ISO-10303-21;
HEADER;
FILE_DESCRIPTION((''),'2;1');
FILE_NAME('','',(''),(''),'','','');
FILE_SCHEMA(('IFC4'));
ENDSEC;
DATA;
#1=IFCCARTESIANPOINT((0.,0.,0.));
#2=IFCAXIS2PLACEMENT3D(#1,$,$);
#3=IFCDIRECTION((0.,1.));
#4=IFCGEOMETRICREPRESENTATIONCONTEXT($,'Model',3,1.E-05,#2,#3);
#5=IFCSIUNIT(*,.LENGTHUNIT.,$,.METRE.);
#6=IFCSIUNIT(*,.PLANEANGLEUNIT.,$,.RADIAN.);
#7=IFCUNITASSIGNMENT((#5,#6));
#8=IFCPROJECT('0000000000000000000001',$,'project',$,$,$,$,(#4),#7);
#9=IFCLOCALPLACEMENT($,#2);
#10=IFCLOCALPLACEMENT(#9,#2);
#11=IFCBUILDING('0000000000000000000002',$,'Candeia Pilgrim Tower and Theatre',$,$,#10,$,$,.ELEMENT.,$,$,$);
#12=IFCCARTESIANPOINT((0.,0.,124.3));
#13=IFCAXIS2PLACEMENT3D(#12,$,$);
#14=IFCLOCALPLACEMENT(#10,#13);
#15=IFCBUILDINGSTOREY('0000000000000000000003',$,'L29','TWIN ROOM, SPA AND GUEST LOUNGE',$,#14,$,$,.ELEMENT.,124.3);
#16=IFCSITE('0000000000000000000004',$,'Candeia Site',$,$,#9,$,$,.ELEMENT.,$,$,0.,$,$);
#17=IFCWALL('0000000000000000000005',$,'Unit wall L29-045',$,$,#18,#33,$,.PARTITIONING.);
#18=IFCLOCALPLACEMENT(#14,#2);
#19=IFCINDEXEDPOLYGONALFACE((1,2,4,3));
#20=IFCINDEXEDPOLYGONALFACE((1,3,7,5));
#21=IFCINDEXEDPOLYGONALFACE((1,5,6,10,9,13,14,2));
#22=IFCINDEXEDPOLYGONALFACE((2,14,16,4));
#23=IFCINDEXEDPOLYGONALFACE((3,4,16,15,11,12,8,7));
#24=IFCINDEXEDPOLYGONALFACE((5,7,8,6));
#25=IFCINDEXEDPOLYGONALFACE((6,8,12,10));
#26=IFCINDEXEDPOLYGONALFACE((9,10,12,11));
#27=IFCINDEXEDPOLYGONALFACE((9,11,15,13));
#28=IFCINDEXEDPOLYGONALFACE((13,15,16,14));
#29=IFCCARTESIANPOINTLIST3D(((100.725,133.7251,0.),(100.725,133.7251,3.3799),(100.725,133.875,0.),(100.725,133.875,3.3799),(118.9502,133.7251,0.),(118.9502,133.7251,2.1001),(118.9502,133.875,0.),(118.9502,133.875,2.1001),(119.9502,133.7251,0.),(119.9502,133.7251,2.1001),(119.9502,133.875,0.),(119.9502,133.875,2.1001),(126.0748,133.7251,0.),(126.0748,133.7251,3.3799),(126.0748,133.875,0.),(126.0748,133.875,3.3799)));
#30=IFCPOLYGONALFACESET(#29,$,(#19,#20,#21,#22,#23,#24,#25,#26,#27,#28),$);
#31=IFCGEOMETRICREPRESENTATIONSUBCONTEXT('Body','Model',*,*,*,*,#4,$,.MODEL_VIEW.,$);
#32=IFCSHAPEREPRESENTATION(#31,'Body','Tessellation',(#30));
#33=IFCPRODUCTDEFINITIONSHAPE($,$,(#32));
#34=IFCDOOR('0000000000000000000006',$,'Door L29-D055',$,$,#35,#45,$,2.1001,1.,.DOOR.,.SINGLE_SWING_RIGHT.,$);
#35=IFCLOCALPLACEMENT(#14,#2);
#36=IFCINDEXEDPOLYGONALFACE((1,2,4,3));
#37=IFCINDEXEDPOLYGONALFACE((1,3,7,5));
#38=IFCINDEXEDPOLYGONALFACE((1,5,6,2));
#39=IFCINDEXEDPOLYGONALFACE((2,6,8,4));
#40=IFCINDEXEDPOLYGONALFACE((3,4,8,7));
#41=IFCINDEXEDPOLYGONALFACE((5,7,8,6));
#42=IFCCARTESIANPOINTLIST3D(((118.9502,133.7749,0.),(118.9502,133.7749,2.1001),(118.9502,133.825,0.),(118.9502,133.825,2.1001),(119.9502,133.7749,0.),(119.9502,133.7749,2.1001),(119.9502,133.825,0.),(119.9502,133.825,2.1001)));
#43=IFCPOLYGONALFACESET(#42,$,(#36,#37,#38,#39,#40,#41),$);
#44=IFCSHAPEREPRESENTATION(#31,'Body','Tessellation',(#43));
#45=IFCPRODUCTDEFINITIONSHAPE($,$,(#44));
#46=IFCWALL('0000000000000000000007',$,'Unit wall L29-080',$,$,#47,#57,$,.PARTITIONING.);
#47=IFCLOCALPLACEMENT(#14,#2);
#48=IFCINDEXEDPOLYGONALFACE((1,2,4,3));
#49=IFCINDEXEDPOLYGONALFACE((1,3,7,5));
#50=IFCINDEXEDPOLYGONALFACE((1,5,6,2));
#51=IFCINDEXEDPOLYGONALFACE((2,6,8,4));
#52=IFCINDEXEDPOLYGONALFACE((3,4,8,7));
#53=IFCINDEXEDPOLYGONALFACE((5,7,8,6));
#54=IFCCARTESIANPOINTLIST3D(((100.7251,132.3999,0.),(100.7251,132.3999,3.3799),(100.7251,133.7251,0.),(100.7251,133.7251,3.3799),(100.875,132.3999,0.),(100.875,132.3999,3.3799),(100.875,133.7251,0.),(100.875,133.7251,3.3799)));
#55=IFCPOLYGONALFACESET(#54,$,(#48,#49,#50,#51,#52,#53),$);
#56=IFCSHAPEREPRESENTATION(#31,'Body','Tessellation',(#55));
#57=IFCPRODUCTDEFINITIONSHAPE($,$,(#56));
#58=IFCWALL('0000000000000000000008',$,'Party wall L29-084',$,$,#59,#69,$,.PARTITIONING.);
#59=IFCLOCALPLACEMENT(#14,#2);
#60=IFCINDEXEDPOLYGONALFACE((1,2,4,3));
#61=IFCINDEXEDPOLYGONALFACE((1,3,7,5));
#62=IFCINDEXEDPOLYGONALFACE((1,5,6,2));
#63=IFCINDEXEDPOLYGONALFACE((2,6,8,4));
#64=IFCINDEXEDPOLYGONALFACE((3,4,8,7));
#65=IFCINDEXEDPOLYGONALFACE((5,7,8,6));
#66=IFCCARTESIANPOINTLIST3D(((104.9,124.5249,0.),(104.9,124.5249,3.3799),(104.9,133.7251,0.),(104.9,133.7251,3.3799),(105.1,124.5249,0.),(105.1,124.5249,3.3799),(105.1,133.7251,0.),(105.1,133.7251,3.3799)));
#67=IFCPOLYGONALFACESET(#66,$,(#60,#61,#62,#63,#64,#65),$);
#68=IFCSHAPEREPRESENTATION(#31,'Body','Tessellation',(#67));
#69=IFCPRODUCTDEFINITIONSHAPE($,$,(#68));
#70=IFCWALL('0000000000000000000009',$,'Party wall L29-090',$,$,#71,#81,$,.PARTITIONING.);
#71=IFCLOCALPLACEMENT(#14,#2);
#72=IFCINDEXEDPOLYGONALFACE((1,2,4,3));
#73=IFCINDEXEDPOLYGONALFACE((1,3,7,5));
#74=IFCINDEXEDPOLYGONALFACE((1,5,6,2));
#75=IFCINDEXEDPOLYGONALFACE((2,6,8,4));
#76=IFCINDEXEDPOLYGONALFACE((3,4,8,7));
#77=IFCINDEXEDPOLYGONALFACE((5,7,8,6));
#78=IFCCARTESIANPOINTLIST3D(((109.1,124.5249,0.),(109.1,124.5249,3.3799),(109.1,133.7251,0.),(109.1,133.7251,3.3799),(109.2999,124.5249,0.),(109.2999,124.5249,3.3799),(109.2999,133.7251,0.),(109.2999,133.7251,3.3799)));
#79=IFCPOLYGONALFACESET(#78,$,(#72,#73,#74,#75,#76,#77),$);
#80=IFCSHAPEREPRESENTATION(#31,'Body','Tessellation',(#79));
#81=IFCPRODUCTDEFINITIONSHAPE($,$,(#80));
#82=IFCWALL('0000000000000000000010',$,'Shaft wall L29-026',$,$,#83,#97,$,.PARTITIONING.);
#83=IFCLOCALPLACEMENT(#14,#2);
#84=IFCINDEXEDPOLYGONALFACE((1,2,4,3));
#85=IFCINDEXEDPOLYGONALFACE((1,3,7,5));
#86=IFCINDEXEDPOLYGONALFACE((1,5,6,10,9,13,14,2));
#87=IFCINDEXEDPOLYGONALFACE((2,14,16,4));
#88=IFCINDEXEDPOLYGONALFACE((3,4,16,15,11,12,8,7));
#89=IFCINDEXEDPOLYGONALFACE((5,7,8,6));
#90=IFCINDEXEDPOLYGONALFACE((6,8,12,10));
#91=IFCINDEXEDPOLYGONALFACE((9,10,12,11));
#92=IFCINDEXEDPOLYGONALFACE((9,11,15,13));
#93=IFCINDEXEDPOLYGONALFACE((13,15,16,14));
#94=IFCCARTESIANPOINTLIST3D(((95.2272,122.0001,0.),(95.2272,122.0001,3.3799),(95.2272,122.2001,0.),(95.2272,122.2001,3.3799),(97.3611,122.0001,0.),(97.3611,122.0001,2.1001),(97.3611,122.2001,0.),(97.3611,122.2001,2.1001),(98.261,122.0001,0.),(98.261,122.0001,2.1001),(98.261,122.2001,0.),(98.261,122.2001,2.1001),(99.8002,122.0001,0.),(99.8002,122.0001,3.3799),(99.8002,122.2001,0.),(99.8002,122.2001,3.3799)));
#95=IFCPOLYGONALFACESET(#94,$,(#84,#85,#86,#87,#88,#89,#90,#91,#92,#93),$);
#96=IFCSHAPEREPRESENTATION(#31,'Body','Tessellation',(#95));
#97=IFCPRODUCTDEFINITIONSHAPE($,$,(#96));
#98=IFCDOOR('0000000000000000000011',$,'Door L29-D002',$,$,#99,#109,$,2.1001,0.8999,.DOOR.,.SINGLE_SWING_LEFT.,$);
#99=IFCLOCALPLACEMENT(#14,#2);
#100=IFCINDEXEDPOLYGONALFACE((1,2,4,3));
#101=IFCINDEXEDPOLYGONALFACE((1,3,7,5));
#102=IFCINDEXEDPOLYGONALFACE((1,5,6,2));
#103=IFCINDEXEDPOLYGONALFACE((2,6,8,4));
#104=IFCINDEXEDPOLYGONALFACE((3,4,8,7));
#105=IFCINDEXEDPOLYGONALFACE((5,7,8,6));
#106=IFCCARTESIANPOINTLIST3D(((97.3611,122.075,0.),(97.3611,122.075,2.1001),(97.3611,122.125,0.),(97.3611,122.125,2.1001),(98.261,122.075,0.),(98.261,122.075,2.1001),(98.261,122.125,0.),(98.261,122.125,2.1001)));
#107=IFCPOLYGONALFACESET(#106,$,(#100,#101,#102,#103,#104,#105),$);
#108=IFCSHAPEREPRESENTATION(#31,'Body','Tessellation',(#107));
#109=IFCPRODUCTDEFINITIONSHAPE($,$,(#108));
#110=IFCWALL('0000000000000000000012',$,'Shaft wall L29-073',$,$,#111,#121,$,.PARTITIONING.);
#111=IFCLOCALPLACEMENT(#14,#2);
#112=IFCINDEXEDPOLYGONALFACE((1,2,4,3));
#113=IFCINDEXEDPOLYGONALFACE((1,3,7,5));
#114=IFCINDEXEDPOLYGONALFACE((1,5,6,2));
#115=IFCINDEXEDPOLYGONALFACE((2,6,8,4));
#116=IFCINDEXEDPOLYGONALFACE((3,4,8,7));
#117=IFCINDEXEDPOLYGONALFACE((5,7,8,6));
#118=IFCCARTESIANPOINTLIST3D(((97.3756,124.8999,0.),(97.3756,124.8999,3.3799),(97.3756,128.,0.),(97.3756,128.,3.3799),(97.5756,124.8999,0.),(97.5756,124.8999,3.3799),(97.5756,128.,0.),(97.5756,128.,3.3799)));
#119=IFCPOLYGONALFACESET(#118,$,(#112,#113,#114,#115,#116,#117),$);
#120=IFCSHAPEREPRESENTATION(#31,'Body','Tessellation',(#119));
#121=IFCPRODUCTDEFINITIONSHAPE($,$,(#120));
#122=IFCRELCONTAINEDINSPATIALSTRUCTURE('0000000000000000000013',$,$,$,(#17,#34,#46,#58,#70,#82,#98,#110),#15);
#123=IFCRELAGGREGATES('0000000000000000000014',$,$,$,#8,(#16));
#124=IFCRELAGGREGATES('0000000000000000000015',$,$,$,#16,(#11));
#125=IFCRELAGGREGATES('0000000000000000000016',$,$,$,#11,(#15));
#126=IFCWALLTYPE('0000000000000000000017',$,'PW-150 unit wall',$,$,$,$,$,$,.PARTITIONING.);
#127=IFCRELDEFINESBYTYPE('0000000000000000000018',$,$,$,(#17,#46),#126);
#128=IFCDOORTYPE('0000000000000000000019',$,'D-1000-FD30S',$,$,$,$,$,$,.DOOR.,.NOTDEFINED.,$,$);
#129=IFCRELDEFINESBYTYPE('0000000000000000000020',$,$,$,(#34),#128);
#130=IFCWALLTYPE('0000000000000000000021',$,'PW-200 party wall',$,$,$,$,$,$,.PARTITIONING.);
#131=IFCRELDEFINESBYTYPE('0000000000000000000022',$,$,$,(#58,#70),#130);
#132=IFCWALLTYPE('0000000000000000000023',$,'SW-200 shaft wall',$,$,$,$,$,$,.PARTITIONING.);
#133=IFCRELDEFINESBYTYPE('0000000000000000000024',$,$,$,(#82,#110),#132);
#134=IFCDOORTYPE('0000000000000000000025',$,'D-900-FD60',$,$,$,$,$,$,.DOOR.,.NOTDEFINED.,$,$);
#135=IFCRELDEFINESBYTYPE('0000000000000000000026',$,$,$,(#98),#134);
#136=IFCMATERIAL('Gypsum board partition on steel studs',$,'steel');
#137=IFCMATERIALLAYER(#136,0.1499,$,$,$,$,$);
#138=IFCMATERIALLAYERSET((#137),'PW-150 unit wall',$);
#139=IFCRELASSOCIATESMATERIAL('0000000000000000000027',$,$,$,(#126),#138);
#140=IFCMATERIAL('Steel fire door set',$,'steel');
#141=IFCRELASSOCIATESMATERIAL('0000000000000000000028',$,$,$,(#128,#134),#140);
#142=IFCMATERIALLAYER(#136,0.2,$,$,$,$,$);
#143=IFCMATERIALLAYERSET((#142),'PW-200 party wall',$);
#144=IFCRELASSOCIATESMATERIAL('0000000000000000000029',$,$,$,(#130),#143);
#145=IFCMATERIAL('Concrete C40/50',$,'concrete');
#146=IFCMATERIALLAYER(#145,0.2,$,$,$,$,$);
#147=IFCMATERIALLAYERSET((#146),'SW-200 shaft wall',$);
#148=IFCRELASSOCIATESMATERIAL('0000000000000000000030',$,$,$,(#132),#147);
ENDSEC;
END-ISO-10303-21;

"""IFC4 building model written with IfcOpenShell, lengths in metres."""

from ifc_helpers import new_model, si_unit, direction, frame, frame_2d, origin, place, context, subcontext, project, spatial, rectangle, extrude, material, layer, layer_set, type_object, element, fill, save


model = new_model("IFC4")

# Units and contexts
model_context = context("Model", 3, precision=1e-05, world=origin(), true_north=direction((0.0, 1.0)))
body_context = subcontext(model_context, "Body", "Model", "MODEL_VIEW")
ifc_project = project(units=[si_unit("LENGTHUNIT", "METRE"), si_unit("PLANEANGLEUNIT", "RADIAN")], contexts=[model_context])

# Site, building, storey
site_placement = place(None, origin())
site = spatial("IfcSite", under=ifc_project, at=site_placement, Name="Candeia Site", CompositionType="ELEMENT", RefElevation=0.0)
building_placement = place(site_placement, origin())
building = spatial("IfcBuilding", under=site, at=building_placement, Name="Candeia Pilgrim Tower and Theatre", CompositionType="ELEMENT")
storey_placement = place(building_placement, frame((0.0, 0.0, 124.3)))
storey = spatial("IfcBuildingStorey", under=building, at=storey_placement, Name="L29", Description="TWIN ROOM, SPA AND GUEST LOUNGE", CompositionType="ELEMENT", Elevation=124.3)

# Shared definitions
ifc_material_1 = material(Name="Steel fire door set", Category="steel")

# Shared definitions
ifc_material_2 = material(Name="Gypsum board partition on steel studs", Category="steel")
ifc_layer_1 = layer(ifc_material_2, 0.1499)
ifc_layer_set_1 = layer_set([ifc_layer_1], Name="PW-150 unit wall")
wall_type_1 = type_object("IfcWallType", Name="PW-150 unit wall", PredefinedType="PARTITIONING", material=ifc_layer_set_1)

# Shared definitions
door_type_1 = type_object("IfcDoorType", Name="D-1000-FD30S", OperationType="NOTDEFINED", PredefinedType="DOOR", material=ifc_material_1)

# Wall, opening, door
wall_1_placement = place(storey_placement, frame((100.7251, 133.8, 0.0), z_axis=(0.0, 0.0, 1.0), x_axis=(1.0, 0.0, 0.0)))
wall_1 = element("IfcWall", 1, at=wall_1_placement, inside=storey, type_object=wall_type_1, Name="Unit wall L29-045", PredefinedType="PARTITIONING", context=body_context, shape_type="SweptSolid", body=[
    extrude(rectangle(XDim=25.3499, YDim=0.1499, at=frame_2d((12.6748, 0.0))), origin(), (0.0, 0.0, 1.0), 3.3799),
])
opening_1_placement = place(wall_1_placement, frame((18.2251, 0.0, 0.0)))
opening_1 = element("IfcOpeningElement", 2, at=opening_1_placement, cuts=wall_1, PredefinedType="OPENING", context=body_context, shape_type="SweptSolid", body=[
    extrude(rectangle(XDim=1.0, YDim=2.1001, at=frame_2d((0.5, 1.05))), frame((0.0, 0.085, 0.0), z_axis=(0.0, -1.0, 0.0), x_axis=(1.0, 0.0, 0.0)), (0.0, 0.0, 1.0), 0.1699),
])
door_1_placement = place(opening_1_placement, origin())
door_1 = element("IfcDoor", 3, at=door_1_placement, inside=storey, type_object=door_type_1, Name="Door L29-D055", OperationType="SINGLE_SWING_RIGHT", OverallHeight=2.1001, OverallWidth=1.0, PredefinedType="DOOR", context=body_context, shape_type="SweptSolid", body=[
    extrude(rectangle(XDim=1.0, YDim=2.1001, at=frame_2d((0.5, 1.05))), frame((0.0, 0.0249, 0.0), z_axis=(0.0, -1.0, 0.0), x_axis=(1.0, 0.0, 0.0)), (0.0, 0.0, 1.0), 0.05),
])
fill(opening_1, door_1)

# Walls
wall_2_placement = place(storey_placement, frame((100.8, 132.3999, 0.0), z_axis=(0.0, 0.0, 1.0), x_axis=(0.0, 1.0, 0.0)))
element("IfcWall", 4, at=wall_2_placement, inside=storey, type_object=wall_type_1, Name="Unit wall L29-080", PredefinedType="PARTITIONING", context=body_context, shape_type="SweptSolid", body=[
    extrude(rectangle(XDim=1.3252, YDim=0.1499, at=frame_2d((0.6626, 0.0))), origin(), (0.0, 0.0, 1.0), 3.3799),
])
ifc_layer_2 = layer(ifc_material_2, 0.2)
ifc_layer_set_2 = layer_set([ifc_layer_2], Name="PW-200 party wall")
wall_type_2 = type_object("IfcWallType", Name="PW-200 party wall", PredefinedType="PARTITIONING", material=ifc_layer_set_2)
for number, where, z_axis, x_axis, name in (
    (5, (105.0, 124.5249, 0.0), (0.0, 0.0, 1.0), (0.0, 1.0, 0.0), "Party wall L29-084"),
    (6, (109.2, 124.5249, 0.0), (0.0, 0.0, 1.0), (0.0, 1.0, 0.0), "Party wall L29-090"),
):
    element("IfcWall", number, at=place(storey_placement, frame(where, z_axis=z_axis, x_axis=x_axis)), inside=storey, type_object=wall_type_2, Name=name, PredefinedType="PARTITIONING", context=body_context, shape_type="SweptSolid", body=[
        extrude(rectangle(XDim=9.2002, YDim=0.2, at=frame_2d((4.6001, 0.0))), origin(), (0.0, 0.0, 1.0), 3.3799),
    ])

# Wall, opening, door
ifc_material_3 = material(Name="Concrete C40/50", Category="concrete")
ifc_layer_3 = layer(ifc_material_3, 0.2)
ifc_layer_set_3 = layer_set([ifc_layer_3], Name="SW-200 shaft wall")
wall_type_3 = type_object("IfcWallType", Name="SW-200 shaft wall", PredefinedType="PARTITIONING", material=ifc_layer_set_3)
wall_3_placement = place(storey_placement, frame((95.2271, 122.1001, 0.0), z_axis=(0.0, 0.0, 1.0), x_axis=(1.0, 0.0, 0.0)))
wall_3 = element("IfcWall", 7, at=wall_3_placement, inside=storey, type_object=wall_type_3, Name="Shaft wall L29-026", PredefinedType="PARTITIONING", context=body_context, shape_type="SweptSolid", body=[
    extrude(rectangle(XDim=4.573, YDim=0.2, at=frame_2d((2.2866, 0.0))), origin(), (0.0, 0.0, 1.0), 3.3799),
])
opening_2_placement = place(wall_3_placement, frame((2.134, 0.0, 0.0)))
opening_2 = element("IfcOpeningElement", 8, at=opening_2_placement, cuts=wall_3, PredefinedType="OPENING", context=body_context, shape_type="SweptSolid", body=[
    extrude(rectangle(XDim=0.8999, YDim=2.1001, at=frame_2d((0.45, 1.05))), frame((0.0, 0.1099, 0.0), z_axis=(0.0, -1.0, 0.0), x_axis=(1.0, 0.0, 0.0)), (0.0, 0.0, 1.0), 0.22),
])
door_type_2 = type_object("IfcDoorType", Name="D-900-FD60", OperationType="NOTDEFINED", PredefinedType="DOOR", material=ifc_material_1)
door_2_placement = place(opening_2_placement, origin())
door_2 = element("IfcDoor", 9, at=door_2_placement, inside=storey, type_object=door_type_2, Name="Door L29-D002", OperationType="SINGLE_SWING_LEFT", OverallHeight=2.1001, OverallWidth=0.8999, PredefinedType="DOOR", context=body_context, shape_type="SweptSolid", body=[
    extrude(rectangle(XDim=0.8999, YDim=2.1001, at=frame_2d((0.45, 1.05))), frame((0.0, 0.0249, 0.0), z_axis=(0.0, -1.0, 0.0), x_axis=(1.0, 0.0, 0.0)), (0.0, 0.0, 1.0), 0.05),
])
fill(opening_2, door_2)

# Wall
wall_4_placement = place(storey_placement, frame((97.4756, 124.8999, 0.0), z_axis=(0.0, 0.0, 1.0), x_axis=(0.0, 1.0, 0.0)))
element("IfcWall", 10, at=wall_4_placement, inside=storey, type_object=wall_type_3, Name="Shaft wall L29-073", PredefinedType="PARTITIONING", context=body_context, shape_type="SweptSolid", body=[
    extrude(rectangle(XDim=3.1001, YDim=0.2, at=frame_2d((1.55, 0.0))), origin(), (0.0, 0.0, 1.0), 3.3799),
])

save(model, "model.ifc")
